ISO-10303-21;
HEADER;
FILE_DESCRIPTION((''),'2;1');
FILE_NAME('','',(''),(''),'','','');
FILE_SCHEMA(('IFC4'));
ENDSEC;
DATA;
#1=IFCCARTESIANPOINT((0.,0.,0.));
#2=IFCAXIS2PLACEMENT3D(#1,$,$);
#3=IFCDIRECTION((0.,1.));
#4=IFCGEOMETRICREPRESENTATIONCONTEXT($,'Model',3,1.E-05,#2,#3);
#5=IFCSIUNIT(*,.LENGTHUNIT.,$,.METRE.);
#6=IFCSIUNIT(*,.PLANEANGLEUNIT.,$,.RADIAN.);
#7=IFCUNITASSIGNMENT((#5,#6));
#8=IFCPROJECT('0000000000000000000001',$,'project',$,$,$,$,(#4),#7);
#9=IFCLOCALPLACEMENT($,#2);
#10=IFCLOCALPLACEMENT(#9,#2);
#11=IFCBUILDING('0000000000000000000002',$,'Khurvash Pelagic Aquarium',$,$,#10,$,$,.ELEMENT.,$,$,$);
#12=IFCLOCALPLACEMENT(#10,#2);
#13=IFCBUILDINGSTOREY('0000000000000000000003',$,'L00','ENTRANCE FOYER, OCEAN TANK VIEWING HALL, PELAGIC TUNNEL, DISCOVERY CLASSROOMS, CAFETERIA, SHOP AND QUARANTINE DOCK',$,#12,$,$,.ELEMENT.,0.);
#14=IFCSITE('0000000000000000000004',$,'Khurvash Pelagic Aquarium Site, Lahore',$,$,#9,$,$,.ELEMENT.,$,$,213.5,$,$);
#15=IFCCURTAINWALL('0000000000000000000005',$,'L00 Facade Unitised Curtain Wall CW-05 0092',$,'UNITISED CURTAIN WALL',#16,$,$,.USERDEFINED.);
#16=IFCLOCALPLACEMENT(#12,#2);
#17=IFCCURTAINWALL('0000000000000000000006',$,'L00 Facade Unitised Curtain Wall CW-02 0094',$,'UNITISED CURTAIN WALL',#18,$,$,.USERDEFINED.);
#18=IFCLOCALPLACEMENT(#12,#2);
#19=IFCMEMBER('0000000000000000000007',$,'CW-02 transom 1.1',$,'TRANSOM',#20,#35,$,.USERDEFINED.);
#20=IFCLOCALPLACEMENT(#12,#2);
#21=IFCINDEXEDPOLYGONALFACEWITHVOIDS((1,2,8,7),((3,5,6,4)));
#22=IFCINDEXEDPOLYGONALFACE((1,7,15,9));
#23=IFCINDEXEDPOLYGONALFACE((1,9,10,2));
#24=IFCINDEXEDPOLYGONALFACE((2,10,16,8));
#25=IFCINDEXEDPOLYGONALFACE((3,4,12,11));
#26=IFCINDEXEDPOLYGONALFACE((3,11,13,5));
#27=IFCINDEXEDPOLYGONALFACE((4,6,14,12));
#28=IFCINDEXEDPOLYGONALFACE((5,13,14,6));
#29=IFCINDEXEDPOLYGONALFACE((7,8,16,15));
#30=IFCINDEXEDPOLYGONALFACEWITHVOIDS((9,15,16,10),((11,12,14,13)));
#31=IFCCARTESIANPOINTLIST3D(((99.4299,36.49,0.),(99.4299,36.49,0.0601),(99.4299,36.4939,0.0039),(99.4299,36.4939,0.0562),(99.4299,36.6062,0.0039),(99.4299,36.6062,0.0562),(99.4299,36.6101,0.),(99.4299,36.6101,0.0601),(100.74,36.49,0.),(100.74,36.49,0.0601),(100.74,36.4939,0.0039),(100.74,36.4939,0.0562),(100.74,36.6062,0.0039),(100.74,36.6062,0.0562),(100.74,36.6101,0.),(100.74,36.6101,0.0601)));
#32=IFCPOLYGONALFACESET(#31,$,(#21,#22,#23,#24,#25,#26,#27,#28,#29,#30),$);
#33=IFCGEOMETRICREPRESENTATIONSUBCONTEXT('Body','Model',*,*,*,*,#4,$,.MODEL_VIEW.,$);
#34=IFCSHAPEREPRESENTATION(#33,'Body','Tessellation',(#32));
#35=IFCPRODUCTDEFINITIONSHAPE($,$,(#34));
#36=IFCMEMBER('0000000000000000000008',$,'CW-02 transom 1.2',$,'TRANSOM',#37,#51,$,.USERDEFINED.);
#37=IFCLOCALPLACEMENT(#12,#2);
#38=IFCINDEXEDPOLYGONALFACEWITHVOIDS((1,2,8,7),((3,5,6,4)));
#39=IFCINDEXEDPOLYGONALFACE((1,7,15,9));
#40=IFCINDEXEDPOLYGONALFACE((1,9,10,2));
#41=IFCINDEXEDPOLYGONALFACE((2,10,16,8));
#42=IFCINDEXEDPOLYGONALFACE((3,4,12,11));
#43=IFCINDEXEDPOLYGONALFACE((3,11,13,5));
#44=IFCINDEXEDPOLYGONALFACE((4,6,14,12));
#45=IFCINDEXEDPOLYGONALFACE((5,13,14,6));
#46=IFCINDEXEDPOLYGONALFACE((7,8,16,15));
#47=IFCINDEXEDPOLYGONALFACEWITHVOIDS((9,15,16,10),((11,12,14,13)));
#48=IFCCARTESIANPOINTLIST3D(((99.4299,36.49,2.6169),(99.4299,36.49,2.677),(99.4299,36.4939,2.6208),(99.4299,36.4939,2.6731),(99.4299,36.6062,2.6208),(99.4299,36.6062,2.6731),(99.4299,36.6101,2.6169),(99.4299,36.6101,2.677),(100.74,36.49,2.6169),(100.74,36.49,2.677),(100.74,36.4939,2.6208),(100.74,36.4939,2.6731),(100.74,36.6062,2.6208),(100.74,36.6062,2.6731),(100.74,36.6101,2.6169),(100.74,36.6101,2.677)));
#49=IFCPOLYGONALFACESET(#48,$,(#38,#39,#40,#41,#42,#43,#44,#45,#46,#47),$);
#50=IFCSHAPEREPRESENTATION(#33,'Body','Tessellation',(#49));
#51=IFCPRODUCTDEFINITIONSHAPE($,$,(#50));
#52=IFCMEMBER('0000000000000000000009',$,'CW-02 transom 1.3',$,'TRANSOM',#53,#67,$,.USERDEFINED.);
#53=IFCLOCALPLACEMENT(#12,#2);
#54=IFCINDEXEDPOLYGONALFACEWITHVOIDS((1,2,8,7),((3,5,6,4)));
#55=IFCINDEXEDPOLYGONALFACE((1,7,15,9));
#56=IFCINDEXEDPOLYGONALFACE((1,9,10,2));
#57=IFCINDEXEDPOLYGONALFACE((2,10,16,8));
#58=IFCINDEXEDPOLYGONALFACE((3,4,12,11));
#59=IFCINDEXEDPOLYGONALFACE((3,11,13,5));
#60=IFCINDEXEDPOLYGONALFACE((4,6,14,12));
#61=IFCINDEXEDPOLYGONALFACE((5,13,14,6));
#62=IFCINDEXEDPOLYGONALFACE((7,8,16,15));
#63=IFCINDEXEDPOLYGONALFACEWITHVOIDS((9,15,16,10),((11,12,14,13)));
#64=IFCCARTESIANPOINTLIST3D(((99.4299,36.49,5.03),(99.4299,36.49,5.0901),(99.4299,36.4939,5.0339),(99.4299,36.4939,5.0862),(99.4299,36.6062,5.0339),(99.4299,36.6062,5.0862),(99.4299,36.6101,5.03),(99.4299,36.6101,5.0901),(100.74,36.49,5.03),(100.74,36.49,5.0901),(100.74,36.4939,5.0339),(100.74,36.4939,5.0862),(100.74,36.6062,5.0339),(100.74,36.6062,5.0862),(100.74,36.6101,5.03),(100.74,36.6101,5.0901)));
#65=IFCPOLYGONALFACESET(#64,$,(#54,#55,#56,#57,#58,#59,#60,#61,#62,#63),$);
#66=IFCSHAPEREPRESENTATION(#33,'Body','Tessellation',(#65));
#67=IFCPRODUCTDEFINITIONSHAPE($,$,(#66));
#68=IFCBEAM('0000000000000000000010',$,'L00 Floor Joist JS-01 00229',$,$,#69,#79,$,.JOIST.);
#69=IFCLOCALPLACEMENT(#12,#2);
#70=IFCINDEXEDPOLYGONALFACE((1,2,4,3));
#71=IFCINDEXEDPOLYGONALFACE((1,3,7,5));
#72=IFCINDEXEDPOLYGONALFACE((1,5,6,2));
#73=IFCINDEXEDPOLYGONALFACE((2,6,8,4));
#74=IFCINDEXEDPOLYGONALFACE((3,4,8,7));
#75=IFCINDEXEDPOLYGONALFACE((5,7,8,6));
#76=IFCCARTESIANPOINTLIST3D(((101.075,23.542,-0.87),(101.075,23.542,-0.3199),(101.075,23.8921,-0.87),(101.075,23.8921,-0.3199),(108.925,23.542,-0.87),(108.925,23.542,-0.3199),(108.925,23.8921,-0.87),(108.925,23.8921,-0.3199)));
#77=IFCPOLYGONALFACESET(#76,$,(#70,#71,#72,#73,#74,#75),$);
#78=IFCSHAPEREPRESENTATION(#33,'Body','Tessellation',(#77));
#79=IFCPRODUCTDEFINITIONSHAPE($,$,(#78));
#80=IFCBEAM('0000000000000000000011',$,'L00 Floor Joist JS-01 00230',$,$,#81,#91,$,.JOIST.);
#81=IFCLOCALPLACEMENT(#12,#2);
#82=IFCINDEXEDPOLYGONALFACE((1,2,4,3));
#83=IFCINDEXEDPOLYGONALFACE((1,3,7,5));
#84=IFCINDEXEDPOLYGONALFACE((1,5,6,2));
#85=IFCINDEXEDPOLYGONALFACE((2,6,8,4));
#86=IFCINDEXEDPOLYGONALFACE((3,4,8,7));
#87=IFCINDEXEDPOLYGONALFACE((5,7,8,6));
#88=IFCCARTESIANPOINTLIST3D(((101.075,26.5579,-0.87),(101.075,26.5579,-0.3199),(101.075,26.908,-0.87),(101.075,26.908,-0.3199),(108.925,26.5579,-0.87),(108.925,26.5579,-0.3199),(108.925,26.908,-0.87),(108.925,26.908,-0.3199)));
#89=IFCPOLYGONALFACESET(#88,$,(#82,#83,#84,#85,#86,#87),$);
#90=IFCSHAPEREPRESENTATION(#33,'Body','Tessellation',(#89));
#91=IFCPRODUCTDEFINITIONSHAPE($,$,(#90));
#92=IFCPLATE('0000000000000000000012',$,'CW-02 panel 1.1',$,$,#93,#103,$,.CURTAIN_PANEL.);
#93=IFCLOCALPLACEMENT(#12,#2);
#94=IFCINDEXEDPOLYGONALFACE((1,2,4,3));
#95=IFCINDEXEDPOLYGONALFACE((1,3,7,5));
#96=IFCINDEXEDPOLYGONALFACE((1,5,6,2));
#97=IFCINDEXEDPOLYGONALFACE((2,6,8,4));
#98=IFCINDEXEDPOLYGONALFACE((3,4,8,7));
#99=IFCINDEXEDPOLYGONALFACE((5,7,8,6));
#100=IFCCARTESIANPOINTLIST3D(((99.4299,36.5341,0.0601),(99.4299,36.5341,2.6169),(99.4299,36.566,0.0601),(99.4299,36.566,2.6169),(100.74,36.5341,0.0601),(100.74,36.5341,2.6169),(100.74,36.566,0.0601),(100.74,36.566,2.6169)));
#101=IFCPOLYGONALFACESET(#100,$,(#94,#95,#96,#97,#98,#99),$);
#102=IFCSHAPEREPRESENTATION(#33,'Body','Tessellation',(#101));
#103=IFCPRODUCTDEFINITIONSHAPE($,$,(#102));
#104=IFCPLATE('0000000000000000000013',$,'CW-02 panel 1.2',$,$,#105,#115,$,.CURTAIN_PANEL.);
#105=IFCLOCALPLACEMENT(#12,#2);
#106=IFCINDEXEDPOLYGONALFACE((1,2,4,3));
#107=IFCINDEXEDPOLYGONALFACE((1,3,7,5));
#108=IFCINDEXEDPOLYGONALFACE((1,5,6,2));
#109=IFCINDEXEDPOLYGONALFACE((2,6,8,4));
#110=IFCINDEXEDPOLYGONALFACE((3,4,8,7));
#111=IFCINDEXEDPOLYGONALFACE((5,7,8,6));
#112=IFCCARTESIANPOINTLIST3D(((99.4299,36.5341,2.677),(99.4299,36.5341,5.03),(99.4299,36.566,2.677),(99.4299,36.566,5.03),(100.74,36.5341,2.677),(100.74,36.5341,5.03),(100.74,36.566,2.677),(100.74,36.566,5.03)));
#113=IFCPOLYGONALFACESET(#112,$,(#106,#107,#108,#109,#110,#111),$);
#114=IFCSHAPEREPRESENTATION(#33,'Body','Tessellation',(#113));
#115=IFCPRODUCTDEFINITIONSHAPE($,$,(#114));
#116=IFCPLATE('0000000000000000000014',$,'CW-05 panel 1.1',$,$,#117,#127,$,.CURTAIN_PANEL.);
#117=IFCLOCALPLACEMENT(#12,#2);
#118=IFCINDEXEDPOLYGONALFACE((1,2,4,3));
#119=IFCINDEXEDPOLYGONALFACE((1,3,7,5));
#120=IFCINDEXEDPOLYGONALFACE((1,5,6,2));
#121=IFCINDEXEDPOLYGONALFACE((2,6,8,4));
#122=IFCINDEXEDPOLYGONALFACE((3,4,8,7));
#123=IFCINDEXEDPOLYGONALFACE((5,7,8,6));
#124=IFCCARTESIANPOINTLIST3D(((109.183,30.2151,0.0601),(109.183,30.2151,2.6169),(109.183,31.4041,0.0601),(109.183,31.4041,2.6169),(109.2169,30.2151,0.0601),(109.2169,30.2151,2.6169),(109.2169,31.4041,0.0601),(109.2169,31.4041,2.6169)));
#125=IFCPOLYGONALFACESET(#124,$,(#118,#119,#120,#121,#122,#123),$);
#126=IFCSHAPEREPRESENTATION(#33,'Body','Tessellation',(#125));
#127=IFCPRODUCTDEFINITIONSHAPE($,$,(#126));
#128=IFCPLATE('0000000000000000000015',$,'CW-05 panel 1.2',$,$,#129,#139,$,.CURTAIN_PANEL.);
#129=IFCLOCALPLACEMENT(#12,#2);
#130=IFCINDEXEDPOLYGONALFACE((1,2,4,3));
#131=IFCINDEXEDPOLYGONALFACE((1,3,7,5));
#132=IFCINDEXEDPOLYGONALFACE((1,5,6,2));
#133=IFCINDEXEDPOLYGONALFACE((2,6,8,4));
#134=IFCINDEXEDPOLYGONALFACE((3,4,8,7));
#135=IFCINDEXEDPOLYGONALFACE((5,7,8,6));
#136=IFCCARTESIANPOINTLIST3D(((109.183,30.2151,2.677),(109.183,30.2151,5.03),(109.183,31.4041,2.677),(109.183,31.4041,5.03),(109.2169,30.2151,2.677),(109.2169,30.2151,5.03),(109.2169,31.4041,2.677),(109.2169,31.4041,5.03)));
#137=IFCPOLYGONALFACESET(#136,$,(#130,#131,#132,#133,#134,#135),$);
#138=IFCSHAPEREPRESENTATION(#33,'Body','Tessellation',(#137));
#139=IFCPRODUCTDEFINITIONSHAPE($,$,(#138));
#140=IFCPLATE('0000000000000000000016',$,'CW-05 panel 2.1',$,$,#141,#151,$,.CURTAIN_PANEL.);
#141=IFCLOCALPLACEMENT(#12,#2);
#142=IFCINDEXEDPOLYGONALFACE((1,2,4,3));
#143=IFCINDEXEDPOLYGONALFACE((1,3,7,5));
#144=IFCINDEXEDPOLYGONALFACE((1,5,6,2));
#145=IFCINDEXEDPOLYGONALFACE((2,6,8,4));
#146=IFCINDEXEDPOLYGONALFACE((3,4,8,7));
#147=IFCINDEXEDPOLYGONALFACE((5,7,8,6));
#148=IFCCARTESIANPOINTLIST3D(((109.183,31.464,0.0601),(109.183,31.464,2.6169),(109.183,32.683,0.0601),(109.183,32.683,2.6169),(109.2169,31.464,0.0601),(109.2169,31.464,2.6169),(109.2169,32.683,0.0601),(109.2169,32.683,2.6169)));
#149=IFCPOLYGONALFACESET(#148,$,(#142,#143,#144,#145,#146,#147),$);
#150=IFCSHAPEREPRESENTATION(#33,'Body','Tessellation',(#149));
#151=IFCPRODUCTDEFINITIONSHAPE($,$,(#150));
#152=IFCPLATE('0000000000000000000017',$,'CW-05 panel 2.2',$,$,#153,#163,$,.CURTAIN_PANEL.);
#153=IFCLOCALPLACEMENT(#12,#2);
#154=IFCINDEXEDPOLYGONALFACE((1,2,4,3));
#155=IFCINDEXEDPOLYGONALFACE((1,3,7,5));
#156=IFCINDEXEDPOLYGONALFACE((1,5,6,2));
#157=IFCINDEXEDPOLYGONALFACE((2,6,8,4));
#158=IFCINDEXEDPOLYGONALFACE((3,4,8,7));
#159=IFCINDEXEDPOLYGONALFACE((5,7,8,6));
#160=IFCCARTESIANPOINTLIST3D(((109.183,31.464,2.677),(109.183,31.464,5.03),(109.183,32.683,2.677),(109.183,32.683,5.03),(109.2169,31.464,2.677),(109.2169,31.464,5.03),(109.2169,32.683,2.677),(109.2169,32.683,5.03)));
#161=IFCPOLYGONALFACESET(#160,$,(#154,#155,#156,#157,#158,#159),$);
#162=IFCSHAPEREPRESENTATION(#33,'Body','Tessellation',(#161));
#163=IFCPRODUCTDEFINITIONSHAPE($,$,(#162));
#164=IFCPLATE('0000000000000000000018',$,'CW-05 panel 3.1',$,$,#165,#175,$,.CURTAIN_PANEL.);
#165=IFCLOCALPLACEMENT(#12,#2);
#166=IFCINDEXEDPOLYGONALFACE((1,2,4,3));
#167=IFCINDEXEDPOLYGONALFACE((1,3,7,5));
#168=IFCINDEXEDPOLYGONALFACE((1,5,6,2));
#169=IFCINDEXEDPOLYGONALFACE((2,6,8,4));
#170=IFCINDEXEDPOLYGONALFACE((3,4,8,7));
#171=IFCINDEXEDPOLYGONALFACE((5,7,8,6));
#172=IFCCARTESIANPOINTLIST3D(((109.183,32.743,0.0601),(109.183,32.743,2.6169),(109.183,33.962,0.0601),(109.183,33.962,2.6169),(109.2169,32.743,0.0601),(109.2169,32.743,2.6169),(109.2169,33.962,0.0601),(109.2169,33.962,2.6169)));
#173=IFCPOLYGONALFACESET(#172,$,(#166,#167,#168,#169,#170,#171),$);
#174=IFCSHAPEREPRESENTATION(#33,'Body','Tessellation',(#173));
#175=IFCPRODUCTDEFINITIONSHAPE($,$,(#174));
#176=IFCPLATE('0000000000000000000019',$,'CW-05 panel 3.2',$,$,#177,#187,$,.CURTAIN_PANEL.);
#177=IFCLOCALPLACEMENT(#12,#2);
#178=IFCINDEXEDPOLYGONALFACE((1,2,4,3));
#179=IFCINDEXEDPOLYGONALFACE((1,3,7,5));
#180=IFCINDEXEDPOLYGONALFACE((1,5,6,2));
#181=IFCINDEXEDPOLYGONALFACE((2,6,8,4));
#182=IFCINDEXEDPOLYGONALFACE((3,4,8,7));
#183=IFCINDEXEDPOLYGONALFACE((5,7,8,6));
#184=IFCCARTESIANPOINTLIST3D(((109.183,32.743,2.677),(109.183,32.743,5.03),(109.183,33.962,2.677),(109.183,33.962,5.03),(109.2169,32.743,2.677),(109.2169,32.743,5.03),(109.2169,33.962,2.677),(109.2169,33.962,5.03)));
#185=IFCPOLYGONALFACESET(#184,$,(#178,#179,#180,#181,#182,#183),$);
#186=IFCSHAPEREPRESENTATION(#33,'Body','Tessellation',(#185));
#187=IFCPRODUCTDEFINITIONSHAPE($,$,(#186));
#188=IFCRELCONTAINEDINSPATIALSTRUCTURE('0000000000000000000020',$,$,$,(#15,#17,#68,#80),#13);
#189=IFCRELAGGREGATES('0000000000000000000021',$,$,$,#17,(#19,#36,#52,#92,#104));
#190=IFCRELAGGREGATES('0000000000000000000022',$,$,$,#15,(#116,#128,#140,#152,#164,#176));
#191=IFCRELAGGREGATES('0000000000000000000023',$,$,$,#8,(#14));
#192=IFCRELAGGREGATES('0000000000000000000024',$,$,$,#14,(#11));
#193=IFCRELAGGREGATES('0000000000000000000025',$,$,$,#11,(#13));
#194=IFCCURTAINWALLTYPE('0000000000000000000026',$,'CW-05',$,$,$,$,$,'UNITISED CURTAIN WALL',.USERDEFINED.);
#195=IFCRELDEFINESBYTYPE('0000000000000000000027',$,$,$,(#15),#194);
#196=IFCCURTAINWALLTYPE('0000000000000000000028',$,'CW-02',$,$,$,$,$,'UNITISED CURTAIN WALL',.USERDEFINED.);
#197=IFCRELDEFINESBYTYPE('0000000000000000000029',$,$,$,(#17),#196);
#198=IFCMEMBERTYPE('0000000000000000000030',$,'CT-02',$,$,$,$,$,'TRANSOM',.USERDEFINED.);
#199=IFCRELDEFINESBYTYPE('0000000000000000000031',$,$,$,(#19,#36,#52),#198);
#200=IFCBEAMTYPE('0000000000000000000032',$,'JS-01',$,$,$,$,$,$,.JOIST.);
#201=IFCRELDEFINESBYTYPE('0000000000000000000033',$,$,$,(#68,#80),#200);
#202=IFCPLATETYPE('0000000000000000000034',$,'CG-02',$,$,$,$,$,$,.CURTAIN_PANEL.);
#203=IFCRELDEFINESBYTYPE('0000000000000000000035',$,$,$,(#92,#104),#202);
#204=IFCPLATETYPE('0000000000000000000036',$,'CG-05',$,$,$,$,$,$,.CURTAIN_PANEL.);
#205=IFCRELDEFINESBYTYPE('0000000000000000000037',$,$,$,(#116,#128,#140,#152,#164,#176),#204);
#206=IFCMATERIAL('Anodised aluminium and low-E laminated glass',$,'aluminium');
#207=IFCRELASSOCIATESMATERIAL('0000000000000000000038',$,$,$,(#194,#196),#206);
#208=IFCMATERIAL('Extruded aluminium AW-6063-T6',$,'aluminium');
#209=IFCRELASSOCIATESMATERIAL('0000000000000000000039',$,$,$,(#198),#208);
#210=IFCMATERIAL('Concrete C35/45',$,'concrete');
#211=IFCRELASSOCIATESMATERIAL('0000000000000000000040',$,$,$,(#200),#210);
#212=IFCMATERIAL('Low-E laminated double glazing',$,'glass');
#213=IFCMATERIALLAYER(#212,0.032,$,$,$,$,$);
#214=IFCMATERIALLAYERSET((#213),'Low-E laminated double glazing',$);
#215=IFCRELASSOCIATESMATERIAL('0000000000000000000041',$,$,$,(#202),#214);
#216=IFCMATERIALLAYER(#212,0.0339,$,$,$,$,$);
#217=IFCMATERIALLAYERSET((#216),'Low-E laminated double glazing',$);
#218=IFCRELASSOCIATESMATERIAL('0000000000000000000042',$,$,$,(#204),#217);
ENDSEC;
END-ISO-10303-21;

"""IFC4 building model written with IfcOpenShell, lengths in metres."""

from ifc_helpers import new_model, si_unit, direction, frame, origin, origin_2d, place, context, subcontext, project, spatial, rectangle, hollow_rectangle, extrude, material, layer, layer_set, material_profile, profile_set, type_object, element, aggregate, save


model = new_model("IFC4")

# Units and contexts
model_context = context("Model", 3, precision=1e-05, world=origin(), true_north=direction((0.0, 1.0)))
body_context = subcontext(model_context, "Body", "Model", "MODEL_VIEW")
ifc_project = project(units=[si_unit("LENGTHUNIT", "METRE"), si_unit("PLANEANGLEUNIT", "RADIAN")], contexts=[model_context])

# Site, building, storey
site_placement = place(None, origin())
site = spatial("IfcSite", under=ifc_project, at=site_placement, Name="Khurvash Pelagic Aquarium Site, Lahore", CompositionType="ELEMENT", RefElevation=213.5)
building_placement = place(site_placement, origin())
building = spatial("IfcBuilding", under=site, at=building_placement, Name="Khurvash Pelagic Aquarium", CompositionType="ELEMENT")
storey_placement = place(building_placement, origin())
storey = spatial("IfcBuildingStorey", under=building, at=storey_placement, Name="L00", Description="ENTRANCE FOYER, OCEAN TANK VIEWING HALL, PELAGIC TUNNEL, DISCOVERY CLASSROOMS, CAFETERIA, SHOP AND QUARANTINE DOCK", CompositionType="ELEMENT", Elevation=0.0)

# Curtain wall
ifc_material_1 = material(Name="Anodised aluminium and low-E laminated glass", Category="aluminium")
curtain_wall_type_1 = type_object("IfcCurtainWallType", Name="CW-05", ElementType="UNITISED CURTAIN WALL", PredefinedType="USERDEFINED", material=ifc_material_1)
curtain_wall_1_placement = place(storey_placement, origin())
curtain_wall_1 = element("IfcCurtainWall", 1, at=curtain_wall_1_placement, inside=storey, type_object=curtain_wall_type_1, Name="L00 Facade Unitised Curtain Wall CW-05 0092", ObjectType="UNITISED CURTAIN WALL", PredefinedType="USERDEFINED")
ifc_material_2 = material(Name="Extruded aluminium AW-6063-T6", Category="aluminium")

# Curtain wall
curtain_wall_type_2 = type_object("IfcCurtainWallType", Name="CW-02", ElementType="UNITISED CURTAIN WALL", PredefinedType="USERDEFINED", material=ifc_material_1)
curtain_wall_2_placement = place(storey_placement, origin())
curtain_wall_2 = element("IfcCurtainWall", 2, at=curtain_wall_2_placement, inside=storey, type_object=curtain_wall_type_2, Name="L00 Facade Unitised Curtain Wall CW-02 0094", ObjectType="UNITISED CURTAIN WALL", PredefinedType="USERDEFINED")

# Members
ifc_material_profile_1 = material_profile(ifc_material_2, hollow_rectangle(XDim=0.1201, YDim=0.0601, WallThickness=0.0039, at=origin_2d()), Name="CWT120X60X4")
ifc_profile_set_1 = profile_set([ifc_material_profile_1], Name="Extruded aluminium AW-6063-T6")
member_type_1 = type_object("IfcMemberType", Name="CT-02", ElementType="TRANSOM", PredefinedType="USERDEFINED", material=ifc_profile_set_1)
member_1_placement = place(storey_placement, frame((100.74, 36.55, 0.03), z_axis=(-1.0, 0.0, 0.0), x_axis=(0.0, -1.0, 0.0)))
member_1 = element("IfcMember", 3, at=member_1_placement, type_object=member_type_1, Name="CW-02 transom 1.1", ObjectType="TRANSOM", PredefinedType="USERDEFINED", context=body_context, shape_type="SweptSolid", body=[
    extrude(hollow_rectangle(XDim=0.1201, YDim=0.0601, WallThickness=0.0039, at=origin_2d()), origin(), (0.0, 0.0, 1.0), 1.3101),
])
member_2_placement = place(storey_placement, frame((100.74, 36.55, 2.647), z_axis=(-1.0, 0.0, 0.0), x_axis=(0.0, -1.0, 0.0)))
member_2 = element("IfcMember", 4, at=member_2_placement, type_object=member_type_1, Name="CW-02 transom 1.2", ObjectType="TRANSOM", PredefinedType="USERDEFINED", context=body_context, shape_type="SweptSolid", body=[
    extrude(hollow_rectangle(XDim=0.1201, YDim=0.0601, WallThickness=0.0039, at=origin_2d()), origin(), (0.0, 0.0, 1.0), 1.3101),
])
member_3_placement = place(storey_placement, frame((100.74, 36.55, 5.0601), z_axis=(-1.0, 0.0, 0.0), x_axis=(0.0, -1.0, 0.0)))
member_3 = element("IfcMember", 5, at=member_3_placement, type_object=member_type_1, Name="CW-02 transom 1.3", ObjectType="TRANSOM", PredefinedType="USERDEFINED", context=body_context, shape_type="SweptSolid", body=[
    extrude(hollow_rectangle(XDim=0.1201, YDim=0.0601, WallThickness=0.0039, at=origin_2d()), origin(), (0.0, 0.0, 1.0), 1.3101),
])

# Beams
ifc_material_3 = material(Name="Concrete C35/45", Category="concrete")
ifc_material_profile_2 = material_profile(ifc_material_3, rectangle(XDim=0.3501, YDim=0.55, at=origin_2d()), Name="RC350X550")
ifc_profile_set_2 = profile_set([ifc_material_profile_2], Name="Concrete C35/45")
beam_type_1 = type_object("IfcBeamType", Name="JS-01", PredefinedType="JOIST", material=ifc_profile_set_2)
for number, where, z_axis, x_axis, name in (
    (6, (101.075, 23.717, -0.595), (1.0, 0.0, 0.0), (0.0, 1.0, 0.0), "L00 Floor Joist JS-01 00229"),
    (7, (101.075, 26.7329, -0.595), (1.0, 0.0, 0.0), (0.0, 1.0, 0.0), "L00 Floor Joist JS-01 00230"),
):
    element("IfcBeam", number, at=place(storey_placement, frame(where, z_axis=z_axis, x_axis=x_axis)), inside=storey, type_object=beam_type_1, Name=name, PredefinedType="JOIST", context=body_context, shape_type="SweptSolid", body=[
        extrude(rectangle(XDim=0.3501, YDim=0.55, at=origin_2d()), origin(), (0.0, 0.0, 1.0), 7.8501),
    ])

# Plates
ifc_material_4 = material(Name="Low-E laminated double glazing", Category="glass")
ifc_layer_1 = layer(ifc_material_4, 0.032)
ifc_layer_set_1 = layer_set([ifc_layer_1], Name="Low-E laminated double glazing")
plate_type_1 = type_object("IfcPlateType", Name="CG-02", PredefinedType="CURTAIN_PANEL", material=ifc_layer_set_1)
plate_1_placement = place(storey_placement, frame((100.085, 36.55, 0.0601), z_axis=(0.0, 0.0, 1.0), x_axis=(-1.0, 0.0, 0.0)))
plate_1 = element("IfcPlate", 8, at=plate_1_placement, type_object=plate_type_1, Name="CW-02 panel 1.1", PredefinedType="CURTAIN_PANEL", context=body_context, shape_type="SweptSolid", body=[
    extrude(rectangle(XDim=1.3101, YDim=0.032, at=origin_2d()), origin(), (0.0, 0.0, 1.0), 2.5569),
])
plate_2_placement = place(storey_placement, frame((100.085, 36.55, 2.677), z_axis=(0.0, 0.0, 1.0), x_axis=(-1.0, 0.0, 0.0)))
plate_2 = element("IfcPlate", 9, at=plate_2_placement, type_object=plate_type_1, Name="CW-02 panel 1.2", PredefinedType="CURTAIN_PANEL", context=body_context, shape_type="SweptSolid", body=[
    extrude(rectangle(XDim=1.3101, YDim=0.032, at=origin_2d()), origin(), (0.0, 0.0, 1.0), 2.353),
])
aggregate(curtain_wall_2, [member_1, member_2, member_3, plate_1, plate_2])
ifc_layer_2 = layer(ifc_material_4, 0.0339)
ifc_layer_set_2 = layer_set([ifc_layer_2], Name="Low-E laminated double glazing")
plate_type_2 = type_object("IfcPlateType", Name="CG-05", PredefinedType="CURTAIN_PANEL", material=ifc_layer_set_2)
plate_3_placement = place(storey_placement, frame((109.2, 30.8096, 0.0601), z_axis=(0.0, 0.0, 1.0), x_axis=(0.0, 1.0, 0.0)))
plate_3 = element("IfcPlate", 10, at=plate_3_placement, type_object=plate_type_2, Name="CW-05 panel 1.1", PredefinedType="CURTAIN_PANEL", context=body_context, shape_type="SweptSolid", body=[
    extrude(rectangle(XDim=1.189, YDim=0.0339, at=origin_2d()), origin(), (0.0, 0.0, 1.0), 2.5569),
])
plate_4_placement = place(storey_placement, frame((109.2, 30.8096, 2.677), z_axis=(0.0, 0.0, 1.0), x_axis=(0.0, 1.0, 0.0)))
plate_4 = element("IfcPlate", 11, at=plate_4_placement, type_object=plate_type_2, Name="CW-05 panel 1.2", PredefinedType="CURTAIN_PANEL", context=body_context, shape_type="SweptSolid", body=[
    extrude(rectangle(XDim=1.189, YDim=0.0339, at=origin_2d()), origin(), (0.0, 0.0, 1.0), 2.353),
])
plate_5_placement = place(storey_placement, frame((109.2, 32.0735, 0.0601), z_axis=(0.0, 0.0, 1.0), x_axis=(0.0, 1.0, 0.0)))
plate_5 = element("IfcPlate", 12, at=plate_5_placement, type_object=plate_type_2, Name="CW-05 panel 2.1", PredefinedType="CURTAIN_PANEL", context=body_context, shape_type="SweptSolid", body=[
    extrude(rectangle(XDim=1.219, YDim=0.0339, at=origin_2d()), origin(), (0.0, 0.0, 1.0), 2.5569),
])
plate_6_placement = place(storey_placement, frame((109.2, 32.0735, 2.677), z_axis=(0.0, 0.0, 1.0), x_axis=(0.0, 1.0, 0.0)))
plate_6 = element("IfcPlate", 13, at=plate_6_placement, type_object=plate_type_2, Name="CW-05 panel 2.2", PredefinedType="CURTAIN_PANEL", context=body_context, shape_type="SweptSolid", body=[
    extrude(rectangle(XDim=1.219, YDim=0.0339, at=origin_2d()), origin(), (0.0, 0.0, 1.0), 2.353),
])
plate_7_placement = place(storey_placement, frame((109.2, 33.3525, 0.0601), z_axis=(0.0, 0.0, 1.0), x_axis=(0.0, 1.0, 0.0)))
plate_7 = element("IfcPlate", 14, at=plate_7_placement, type_object=plate_type_2, Name="CW-05 panel 3.1", PredefinedType="CURTAIN_PANEL", context=body_context, shape_type="SweptSolid", body=[
    extrude(rectangle(XDim=1.219, YDim=0.0339, at=origin_2d()), origin(), (0.0, 0.0, 1.0), 2.5569),
])
plate_8_placement = place(storey_placement, frame((109.2, 33.3525, 2.677), z_axis=(0.0, 0.0, 1.0), x_axis=(0.0, 1.0, 0.0)))
plate_8 = element("IfcPlate", 15, at=plate_8_placement, type_object=plate_type_2, Name="CW-05 panel 3.2", PredefinedType="CURTAIN_PANEL", context=body_context, shape_type="SweptSolid", body=[
    extrude(rectangle(XDim=1.219, YDim=0.0339, at=origin_2d()), origin(), (0.0, 0.0, 1.0), 2.353),
])
aggregate(curtain_wall_1, [plate_3, plate_4, plate_5, plate_6, plate_7, plate_8])

save(model, "model.ifc")
